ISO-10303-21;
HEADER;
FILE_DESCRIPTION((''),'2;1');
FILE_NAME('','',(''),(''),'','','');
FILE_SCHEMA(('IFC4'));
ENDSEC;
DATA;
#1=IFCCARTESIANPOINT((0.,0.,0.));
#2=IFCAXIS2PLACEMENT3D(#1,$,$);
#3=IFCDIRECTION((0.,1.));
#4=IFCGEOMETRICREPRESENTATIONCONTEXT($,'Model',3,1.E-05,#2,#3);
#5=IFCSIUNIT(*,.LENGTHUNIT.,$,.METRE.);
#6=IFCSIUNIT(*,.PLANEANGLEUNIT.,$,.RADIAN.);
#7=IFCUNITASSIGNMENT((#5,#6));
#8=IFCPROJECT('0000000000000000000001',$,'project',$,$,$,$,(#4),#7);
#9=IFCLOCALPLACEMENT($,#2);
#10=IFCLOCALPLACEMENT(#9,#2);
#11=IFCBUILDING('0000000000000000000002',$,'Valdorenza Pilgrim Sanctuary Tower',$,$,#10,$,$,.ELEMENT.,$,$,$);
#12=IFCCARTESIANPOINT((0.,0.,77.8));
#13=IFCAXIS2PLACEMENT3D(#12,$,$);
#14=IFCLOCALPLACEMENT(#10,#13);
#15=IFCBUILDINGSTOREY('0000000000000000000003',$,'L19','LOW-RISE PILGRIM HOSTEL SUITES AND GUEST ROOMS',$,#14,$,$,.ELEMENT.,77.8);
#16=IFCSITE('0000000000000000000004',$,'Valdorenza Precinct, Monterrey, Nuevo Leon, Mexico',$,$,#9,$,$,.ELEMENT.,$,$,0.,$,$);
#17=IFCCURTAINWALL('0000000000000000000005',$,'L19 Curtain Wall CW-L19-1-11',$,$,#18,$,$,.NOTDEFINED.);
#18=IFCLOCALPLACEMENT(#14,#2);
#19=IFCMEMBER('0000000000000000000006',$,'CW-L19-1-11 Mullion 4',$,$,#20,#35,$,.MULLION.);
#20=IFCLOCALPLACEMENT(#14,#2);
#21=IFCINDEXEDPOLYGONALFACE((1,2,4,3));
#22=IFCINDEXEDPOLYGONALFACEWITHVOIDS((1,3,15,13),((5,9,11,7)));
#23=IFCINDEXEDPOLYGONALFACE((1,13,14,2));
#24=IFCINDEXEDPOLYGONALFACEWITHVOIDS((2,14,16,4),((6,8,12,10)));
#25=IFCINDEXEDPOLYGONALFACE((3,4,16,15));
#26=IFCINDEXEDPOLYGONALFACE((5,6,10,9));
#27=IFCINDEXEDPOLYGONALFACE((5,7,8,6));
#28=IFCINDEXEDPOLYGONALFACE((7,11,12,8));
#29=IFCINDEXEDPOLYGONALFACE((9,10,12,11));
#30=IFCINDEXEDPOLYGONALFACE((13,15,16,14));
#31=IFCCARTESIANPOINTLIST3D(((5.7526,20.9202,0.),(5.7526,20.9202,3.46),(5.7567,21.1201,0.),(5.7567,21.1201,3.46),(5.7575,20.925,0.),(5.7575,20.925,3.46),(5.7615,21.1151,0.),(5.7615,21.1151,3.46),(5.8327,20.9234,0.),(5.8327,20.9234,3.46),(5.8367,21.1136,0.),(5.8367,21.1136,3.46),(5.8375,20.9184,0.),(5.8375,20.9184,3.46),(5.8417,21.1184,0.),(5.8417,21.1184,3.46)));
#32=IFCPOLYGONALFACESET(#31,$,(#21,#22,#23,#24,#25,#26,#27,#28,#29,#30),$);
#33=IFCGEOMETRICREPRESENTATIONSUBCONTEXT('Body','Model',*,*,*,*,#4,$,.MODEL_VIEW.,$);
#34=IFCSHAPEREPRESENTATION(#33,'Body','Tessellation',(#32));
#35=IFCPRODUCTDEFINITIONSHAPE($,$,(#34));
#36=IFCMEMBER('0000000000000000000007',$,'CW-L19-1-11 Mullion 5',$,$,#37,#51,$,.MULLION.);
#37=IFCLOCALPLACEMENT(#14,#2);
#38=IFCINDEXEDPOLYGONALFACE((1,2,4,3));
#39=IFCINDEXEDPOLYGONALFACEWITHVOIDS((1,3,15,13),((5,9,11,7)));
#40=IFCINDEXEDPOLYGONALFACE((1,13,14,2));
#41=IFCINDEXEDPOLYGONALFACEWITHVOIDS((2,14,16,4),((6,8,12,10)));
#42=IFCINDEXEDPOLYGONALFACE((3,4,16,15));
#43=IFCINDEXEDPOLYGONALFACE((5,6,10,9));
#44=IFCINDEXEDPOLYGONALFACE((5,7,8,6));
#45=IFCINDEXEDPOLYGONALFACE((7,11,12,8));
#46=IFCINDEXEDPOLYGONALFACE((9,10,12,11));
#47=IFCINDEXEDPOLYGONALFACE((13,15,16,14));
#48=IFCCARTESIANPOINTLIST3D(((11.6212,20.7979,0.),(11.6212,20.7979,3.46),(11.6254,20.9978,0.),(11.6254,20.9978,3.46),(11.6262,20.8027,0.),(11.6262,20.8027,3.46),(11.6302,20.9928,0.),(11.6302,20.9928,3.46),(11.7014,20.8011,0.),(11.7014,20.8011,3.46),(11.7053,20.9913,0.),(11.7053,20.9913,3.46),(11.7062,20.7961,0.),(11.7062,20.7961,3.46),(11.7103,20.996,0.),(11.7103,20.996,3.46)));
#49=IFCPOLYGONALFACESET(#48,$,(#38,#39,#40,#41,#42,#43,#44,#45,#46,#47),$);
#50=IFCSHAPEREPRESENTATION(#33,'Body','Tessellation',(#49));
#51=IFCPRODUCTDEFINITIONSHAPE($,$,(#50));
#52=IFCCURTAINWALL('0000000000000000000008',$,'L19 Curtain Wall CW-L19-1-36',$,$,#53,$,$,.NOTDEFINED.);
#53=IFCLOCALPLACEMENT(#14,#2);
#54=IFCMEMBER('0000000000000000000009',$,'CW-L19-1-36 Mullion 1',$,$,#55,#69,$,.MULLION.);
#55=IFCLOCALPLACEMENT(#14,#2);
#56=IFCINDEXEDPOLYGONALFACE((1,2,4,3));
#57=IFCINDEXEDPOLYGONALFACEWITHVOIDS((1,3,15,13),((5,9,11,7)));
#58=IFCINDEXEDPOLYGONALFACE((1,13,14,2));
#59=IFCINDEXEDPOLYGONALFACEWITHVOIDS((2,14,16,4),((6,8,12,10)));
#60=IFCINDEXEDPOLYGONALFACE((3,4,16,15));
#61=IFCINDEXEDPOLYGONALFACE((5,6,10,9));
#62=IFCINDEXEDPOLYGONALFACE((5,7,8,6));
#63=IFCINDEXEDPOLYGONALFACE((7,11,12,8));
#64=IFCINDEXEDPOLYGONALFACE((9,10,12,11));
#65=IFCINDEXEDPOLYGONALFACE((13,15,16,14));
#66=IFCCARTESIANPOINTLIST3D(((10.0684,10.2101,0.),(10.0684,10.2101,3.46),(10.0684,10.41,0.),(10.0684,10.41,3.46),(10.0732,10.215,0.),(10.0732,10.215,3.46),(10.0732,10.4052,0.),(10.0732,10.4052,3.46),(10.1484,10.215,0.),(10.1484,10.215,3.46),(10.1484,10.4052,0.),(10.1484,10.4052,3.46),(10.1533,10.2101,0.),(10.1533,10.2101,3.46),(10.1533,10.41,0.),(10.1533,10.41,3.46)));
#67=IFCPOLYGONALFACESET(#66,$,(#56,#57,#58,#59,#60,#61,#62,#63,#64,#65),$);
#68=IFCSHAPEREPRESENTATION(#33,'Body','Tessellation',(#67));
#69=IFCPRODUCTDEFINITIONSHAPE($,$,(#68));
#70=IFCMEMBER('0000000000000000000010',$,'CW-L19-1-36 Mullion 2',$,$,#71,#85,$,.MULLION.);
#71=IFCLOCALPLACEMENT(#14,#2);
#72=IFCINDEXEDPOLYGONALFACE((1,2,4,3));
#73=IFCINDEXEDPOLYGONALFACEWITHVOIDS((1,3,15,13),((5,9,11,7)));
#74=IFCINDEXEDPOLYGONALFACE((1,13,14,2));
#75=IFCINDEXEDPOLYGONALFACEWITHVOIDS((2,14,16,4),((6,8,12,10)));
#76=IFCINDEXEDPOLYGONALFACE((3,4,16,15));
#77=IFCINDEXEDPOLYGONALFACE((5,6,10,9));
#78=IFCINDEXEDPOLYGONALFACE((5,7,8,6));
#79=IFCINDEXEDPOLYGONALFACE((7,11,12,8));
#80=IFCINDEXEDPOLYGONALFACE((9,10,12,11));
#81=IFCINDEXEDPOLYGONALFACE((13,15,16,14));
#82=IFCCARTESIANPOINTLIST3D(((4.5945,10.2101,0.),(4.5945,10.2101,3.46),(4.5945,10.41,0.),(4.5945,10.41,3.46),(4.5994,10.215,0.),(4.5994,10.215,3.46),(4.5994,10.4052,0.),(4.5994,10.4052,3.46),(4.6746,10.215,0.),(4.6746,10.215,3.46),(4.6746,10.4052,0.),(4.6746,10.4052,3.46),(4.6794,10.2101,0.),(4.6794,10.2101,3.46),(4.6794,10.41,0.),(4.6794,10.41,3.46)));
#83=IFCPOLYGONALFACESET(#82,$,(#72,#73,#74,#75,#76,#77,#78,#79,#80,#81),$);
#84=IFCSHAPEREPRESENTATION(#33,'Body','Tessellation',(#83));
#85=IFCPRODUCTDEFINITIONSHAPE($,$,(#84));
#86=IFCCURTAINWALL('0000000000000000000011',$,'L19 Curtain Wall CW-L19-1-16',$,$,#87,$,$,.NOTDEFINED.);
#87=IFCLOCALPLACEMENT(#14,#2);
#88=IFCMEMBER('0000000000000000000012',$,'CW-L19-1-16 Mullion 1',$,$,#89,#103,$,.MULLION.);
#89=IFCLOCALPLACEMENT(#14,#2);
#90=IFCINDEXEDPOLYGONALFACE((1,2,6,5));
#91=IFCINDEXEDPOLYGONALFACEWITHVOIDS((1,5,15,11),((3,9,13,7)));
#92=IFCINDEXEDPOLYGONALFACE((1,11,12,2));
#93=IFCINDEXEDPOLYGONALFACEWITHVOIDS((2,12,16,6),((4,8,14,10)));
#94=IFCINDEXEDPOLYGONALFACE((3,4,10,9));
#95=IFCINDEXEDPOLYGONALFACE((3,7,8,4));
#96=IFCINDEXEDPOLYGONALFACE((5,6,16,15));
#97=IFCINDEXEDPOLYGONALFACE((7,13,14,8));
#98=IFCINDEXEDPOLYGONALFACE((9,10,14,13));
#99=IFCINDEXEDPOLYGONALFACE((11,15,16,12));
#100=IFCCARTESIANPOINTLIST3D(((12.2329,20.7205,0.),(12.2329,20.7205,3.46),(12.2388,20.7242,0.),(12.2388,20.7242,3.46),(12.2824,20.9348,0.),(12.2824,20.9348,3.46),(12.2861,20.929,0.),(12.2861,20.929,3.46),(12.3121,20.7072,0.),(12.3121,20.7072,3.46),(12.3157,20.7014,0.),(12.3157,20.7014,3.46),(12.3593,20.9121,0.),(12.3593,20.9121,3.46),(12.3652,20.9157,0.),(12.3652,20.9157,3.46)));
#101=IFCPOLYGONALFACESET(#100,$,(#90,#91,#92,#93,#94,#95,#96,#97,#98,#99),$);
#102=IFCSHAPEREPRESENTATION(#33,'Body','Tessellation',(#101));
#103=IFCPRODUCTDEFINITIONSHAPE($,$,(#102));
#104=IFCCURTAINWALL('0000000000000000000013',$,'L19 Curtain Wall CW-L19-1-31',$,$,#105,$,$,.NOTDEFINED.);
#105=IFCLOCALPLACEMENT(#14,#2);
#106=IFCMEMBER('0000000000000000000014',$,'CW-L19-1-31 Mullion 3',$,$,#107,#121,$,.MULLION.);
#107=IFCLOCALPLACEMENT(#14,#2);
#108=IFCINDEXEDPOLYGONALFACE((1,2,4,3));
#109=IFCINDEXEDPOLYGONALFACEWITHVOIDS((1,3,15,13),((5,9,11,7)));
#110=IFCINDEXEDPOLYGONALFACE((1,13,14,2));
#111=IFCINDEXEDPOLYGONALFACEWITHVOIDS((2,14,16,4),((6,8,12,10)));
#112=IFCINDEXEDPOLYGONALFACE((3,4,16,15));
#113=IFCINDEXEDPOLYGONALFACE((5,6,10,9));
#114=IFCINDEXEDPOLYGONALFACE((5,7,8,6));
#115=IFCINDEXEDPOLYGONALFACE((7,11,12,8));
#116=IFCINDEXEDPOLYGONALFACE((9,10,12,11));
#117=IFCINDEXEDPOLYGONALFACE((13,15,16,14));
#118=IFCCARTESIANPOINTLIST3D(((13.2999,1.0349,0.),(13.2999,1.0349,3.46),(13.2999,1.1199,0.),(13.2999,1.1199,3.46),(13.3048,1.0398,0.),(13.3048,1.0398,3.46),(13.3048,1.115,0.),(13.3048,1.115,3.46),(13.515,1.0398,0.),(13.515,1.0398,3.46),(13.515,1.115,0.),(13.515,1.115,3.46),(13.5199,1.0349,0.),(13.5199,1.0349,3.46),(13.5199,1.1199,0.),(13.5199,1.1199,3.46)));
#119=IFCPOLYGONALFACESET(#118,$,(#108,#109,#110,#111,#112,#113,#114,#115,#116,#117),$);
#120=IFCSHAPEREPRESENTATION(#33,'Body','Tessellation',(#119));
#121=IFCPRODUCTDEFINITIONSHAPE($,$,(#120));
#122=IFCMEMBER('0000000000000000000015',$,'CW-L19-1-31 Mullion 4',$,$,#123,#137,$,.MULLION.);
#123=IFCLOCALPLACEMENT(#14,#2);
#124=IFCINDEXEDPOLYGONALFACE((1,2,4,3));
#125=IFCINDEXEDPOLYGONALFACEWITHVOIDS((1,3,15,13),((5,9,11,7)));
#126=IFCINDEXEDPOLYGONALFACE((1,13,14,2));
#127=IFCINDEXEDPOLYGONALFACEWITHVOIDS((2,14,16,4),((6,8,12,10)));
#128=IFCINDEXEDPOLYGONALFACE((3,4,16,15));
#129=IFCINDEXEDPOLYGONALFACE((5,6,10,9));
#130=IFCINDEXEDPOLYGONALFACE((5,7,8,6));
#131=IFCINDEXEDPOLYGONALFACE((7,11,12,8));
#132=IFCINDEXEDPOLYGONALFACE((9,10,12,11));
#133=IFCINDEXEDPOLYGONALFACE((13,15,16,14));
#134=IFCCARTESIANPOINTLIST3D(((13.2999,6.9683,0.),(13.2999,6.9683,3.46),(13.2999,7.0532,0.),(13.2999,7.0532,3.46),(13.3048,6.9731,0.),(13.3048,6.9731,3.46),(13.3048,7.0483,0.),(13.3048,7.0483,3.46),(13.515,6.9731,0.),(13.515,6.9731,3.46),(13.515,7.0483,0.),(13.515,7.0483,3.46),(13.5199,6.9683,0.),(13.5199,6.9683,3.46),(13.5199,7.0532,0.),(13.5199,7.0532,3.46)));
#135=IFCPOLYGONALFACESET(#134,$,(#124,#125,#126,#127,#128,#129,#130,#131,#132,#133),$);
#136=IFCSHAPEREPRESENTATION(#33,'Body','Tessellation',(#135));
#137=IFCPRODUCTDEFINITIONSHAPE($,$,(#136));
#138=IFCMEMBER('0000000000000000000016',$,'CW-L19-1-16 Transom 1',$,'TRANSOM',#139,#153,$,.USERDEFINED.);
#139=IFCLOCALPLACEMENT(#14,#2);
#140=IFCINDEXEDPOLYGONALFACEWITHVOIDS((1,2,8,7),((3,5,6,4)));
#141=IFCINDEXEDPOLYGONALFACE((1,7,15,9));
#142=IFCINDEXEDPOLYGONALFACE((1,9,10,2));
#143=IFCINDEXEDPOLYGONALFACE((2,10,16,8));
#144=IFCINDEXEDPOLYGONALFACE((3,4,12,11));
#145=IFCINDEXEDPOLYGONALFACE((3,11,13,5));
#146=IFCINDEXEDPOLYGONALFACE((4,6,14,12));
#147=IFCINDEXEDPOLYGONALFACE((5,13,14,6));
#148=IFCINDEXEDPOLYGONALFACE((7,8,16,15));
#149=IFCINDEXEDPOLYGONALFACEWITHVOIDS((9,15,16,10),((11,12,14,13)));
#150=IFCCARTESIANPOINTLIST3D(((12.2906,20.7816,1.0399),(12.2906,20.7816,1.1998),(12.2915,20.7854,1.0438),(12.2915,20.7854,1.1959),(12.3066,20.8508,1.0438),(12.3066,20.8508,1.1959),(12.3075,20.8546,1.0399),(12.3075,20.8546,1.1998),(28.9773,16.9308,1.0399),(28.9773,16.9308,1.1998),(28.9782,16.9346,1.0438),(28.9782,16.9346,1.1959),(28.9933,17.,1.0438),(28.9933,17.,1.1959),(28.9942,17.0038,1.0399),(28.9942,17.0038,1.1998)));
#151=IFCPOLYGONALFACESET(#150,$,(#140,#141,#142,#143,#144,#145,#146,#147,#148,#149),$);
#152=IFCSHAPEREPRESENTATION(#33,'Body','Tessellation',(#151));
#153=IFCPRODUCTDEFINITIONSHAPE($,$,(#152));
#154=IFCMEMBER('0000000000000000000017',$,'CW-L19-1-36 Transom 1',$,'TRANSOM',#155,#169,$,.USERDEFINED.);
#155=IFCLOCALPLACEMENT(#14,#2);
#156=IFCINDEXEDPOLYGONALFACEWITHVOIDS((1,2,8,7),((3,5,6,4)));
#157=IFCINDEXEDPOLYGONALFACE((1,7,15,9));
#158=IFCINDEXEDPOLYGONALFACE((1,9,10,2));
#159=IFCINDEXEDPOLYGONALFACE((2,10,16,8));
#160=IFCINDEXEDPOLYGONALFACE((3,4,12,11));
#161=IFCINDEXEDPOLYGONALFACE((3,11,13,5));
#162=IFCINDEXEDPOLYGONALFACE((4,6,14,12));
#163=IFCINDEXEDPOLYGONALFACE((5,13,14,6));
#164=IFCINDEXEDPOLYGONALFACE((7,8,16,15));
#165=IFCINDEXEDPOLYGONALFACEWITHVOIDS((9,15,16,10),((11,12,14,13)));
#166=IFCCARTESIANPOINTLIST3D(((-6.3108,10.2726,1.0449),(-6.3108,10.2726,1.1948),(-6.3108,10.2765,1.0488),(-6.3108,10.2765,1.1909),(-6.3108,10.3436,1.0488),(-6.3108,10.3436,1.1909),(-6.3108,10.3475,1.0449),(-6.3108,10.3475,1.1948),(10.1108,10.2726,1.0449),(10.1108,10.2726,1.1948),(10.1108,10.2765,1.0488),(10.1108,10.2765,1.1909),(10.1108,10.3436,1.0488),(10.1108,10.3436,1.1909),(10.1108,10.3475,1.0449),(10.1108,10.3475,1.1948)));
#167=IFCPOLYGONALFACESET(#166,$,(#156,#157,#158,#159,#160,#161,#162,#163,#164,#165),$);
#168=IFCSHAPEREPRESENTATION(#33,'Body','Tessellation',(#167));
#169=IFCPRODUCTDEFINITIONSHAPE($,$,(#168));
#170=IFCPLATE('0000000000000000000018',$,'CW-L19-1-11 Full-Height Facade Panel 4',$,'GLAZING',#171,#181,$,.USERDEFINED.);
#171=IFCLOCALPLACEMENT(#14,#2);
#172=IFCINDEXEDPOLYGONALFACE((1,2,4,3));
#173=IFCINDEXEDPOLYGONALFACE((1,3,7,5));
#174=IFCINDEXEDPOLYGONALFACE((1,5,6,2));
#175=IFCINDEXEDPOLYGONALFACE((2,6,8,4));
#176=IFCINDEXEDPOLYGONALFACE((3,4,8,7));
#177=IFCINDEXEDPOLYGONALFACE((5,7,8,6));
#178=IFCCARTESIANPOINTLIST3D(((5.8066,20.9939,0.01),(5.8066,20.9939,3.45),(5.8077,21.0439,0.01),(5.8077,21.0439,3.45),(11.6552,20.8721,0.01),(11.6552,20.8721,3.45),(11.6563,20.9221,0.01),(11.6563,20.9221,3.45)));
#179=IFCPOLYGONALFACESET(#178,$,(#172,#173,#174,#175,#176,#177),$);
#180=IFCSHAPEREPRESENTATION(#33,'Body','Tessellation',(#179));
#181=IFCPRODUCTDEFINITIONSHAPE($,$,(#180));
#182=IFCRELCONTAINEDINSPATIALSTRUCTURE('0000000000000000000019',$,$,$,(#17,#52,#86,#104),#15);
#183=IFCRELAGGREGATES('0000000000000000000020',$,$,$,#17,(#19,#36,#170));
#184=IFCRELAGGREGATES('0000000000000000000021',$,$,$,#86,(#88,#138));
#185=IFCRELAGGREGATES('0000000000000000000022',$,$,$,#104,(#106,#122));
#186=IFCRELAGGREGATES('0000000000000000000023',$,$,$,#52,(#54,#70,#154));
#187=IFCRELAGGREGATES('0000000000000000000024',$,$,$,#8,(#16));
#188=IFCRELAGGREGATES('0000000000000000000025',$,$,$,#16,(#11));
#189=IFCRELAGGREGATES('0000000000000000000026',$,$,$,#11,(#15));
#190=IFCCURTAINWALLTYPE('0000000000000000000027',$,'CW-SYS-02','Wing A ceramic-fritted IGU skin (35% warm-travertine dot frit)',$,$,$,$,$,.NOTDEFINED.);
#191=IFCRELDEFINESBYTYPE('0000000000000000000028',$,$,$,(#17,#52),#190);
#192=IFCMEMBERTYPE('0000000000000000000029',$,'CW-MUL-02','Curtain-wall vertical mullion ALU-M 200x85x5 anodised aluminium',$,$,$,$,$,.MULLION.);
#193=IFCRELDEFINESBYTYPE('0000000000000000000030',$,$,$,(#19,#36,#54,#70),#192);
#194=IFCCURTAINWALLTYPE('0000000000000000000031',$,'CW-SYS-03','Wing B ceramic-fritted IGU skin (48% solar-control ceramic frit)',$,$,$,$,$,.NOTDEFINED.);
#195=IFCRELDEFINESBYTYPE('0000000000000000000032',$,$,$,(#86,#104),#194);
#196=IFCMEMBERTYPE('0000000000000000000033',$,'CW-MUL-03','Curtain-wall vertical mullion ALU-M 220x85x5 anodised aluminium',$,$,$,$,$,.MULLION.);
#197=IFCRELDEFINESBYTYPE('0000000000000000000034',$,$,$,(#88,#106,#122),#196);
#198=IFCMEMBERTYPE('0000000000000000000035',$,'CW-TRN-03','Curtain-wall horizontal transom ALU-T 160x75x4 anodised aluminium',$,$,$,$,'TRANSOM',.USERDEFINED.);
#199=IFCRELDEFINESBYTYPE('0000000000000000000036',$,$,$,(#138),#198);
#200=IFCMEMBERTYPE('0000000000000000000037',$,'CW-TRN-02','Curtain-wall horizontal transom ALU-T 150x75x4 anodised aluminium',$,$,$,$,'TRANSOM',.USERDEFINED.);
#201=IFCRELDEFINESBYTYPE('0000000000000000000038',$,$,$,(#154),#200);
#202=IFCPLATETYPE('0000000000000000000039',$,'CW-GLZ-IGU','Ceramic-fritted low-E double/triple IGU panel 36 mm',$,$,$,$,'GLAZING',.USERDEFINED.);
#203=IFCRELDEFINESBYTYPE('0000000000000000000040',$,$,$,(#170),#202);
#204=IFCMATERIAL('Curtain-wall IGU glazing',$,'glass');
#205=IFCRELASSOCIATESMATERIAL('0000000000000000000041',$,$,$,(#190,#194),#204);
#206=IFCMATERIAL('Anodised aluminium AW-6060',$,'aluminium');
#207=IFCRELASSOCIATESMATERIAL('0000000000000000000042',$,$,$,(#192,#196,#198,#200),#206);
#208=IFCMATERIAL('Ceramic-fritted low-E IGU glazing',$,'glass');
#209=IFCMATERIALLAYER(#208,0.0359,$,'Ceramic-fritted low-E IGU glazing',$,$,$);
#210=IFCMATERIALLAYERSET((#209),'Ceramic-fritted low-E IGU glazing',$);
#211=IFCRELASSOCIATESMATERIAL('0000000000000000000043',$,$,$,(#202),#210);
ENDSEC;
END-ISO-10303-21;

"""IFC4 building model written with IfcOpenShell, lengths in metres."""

from ifc_helpers import new_model, si_unit, direction, frame, origin, origin_2d, place, context, subcontext, project, spatial, rectangle, hollow_rectangle, extrude, source, transform, mapped, material, layer, layer_set, material_profile, profile_set, type_object, element, aggregate, save


model = new_model("IFC4")

# Units and contexts
model_context = context("Model", 3, precision=1e-05, world=origin(), true_north=direction((0.0, 1.0)))
body_context = subcontext(model_context, "Body", "Model", "MODEL_VIEW")
ifc_project = project(units=[si_unit("LENGTHUNIT", "METRE"), si_unit("PLANEANGLEUNIT", "RADIAN")], contexts=[model_context])

# Site, building, storey
site_placement = place(None, origin())
site = spatial("IfcSite", under=ifc_project, at=site_placement, Name="Valdorenza Precinct, Monterrey, Nuevo Leon, Mexico", CompositionType="ELEMENT", RefElevation=0.0)
building_placement = place(site_placement, origin())
building = spatial("IfcBuilding", under=site, at=building_placement, Name="Valdorenza Pilgrim Sanctuary Tower", CompositionType="ELEMENT")
storey_placement = place(building_placement, frame((0.0, 0.0, 77.8)))
storey = spatial("IfcBuildingStorey", under=building, at=storey_placement, Name="L19", Description="LOW-RISE PILGRIM HOSTEL SUITES AND GUEST ROOMS", CompositionType="ELEMENT", Elevation=77.8)

# Curtain walls, members
ifc_material_1 = material(Name="Curtain-wall IGU glazing", Category="glass")
curtain_wall_type_1 = type_object("IfcCurtainWallType", Name="CW-SYS-02", Description="Wing A ceramic-fritted IGU skin (35% warm-travertine dot frit)", PredefinedType="NOTDEFINED", material=ifc_material_1)
curtain_wall_1_placement = place(storey_placement, origin())
curtain_wall_1 = element("IfcCurtainWall", 1, at=curtain_wall_1_placement, inside=storey, type_object=curtain_wall_type_1, Name="L19 Curtain Wall CW-L19-1-11", PredefinedType="NOTDEFINED")
ifc_material_2 = material(Name="Anodised aluminium AW-6060", Category="aluminium")
ifc_material_profile_1 = material_profile(ifc_material_2, hollow_rectangle(XDim=0.085, YDim=0.2, WallThickness=0.0049, at=origin_2d()), Name="ALU-M 200x85x5")
ifc_profile_set_1 = profile_set([ifc_material_profile_1], Name="Anodised aluminium AW-6060")
member_type_1 = type_object("IfcMemberType", Name="CW-MUL-02", Description="Curtain-wall vertical mullion ALU-M 200x85x5 anodised aluminium", PredefinedType="MULLION", material=ifc_profile_set_1)
shared_shape_1 = source(origin(), body_context, "Body", "SweptSolid", [
    extrude(hollow_rectangle(XDim=0.085, YDim=0.2, WallThickness=0.0049, at=origin_2d()), origin(), (0.0, 0.0, 1.0), 3.46),
])
member_1_placement = place(storey_placement, frame((5.7971, 21.0193, 0.0), z_axis=(0.0, 0.0, 1.0), x_axis=(0.999783, -0.02082, 0.0)))
member_1 = element("IfcMember", 2, at=member_1_placement, type_object=member_type_1, Name="CW-L19-1-11 Mullion 4", PredefinedType="MULLION", context=body_context, shape_type="MappedRepresentation", body=[
    mapped(shared_shape_1, transform((0.0, 0.0, 0.0), x_axis=(1.0, 0.0, 0.0), y_axis=(0.0, 1.0, 0.0), z_axis=(0.0, 0.0, 1.0), scale=1.0)),
])
member_2_placement = place(storey_placement, frame((11.6658, 20.897, 0.0), z_axis=(0.0, 0.0, 1.0), x_axis=(0.999783, -0.02082, 0.0)))
member_2 = element("IfcMember", 3, at=member_2_placement, type_object=member_type_1, Name="CW-L19-1-11 Mullion 5", PredefinedType="MULLION", context=body_context, shape_type="MappedRepresentation", body=[
    mapped(shared_shape_1, transform((0.0, 0.0, 0.0), x_axis=(1.0, 0.0, 0.0), y_axis=(0.0, 1.0, 0.0), z_axis=(0.0, 0.0, 1.0), scale=1.0)),
])
curtain_wall_2_placement = place(storey_placement, origin())
curtain_wall_2 = element("IfcCurtainWall", 4, at=curtain_wall_2_placement, inside=storey, type_object=curtain_wall_type_1, Name="L19 Curtain Wall CW-L19-1-36", PredefinedType="NOTDEFINED")
member_3_placement = place(storey_placement, frame((10.1108, 10.3101, 0.0), z_axis=(0.0, 0.0, 1.0), x_axis=(-1.0, 0.0, 0.0)))
member_3 = element("IfcMember", 5, at=member_3_placement, type_object=member_type_1, Name="CW-L19-1-36 Mullion 1", PredefinedType="MULLION", context=body_context, shape_type="MappedRepresentation", body=[
    mapped(shared_shape_1, transform((0.0, 0.0, 0.0), x_axis=(1.0, 0.0, 0.0), y_axis=(0.0, 1.0, 0.0), z_axis=(0.0, 0.0, 1.0), scale=1.0)),
])
member_4_placement = place(storey_placement, frame((4.637, 10.3101, 0.0), z_axis=(0.0, 0.0, 1.0), x_axis=(-1.0, 0.0, 0.0)))
member_4 = element("IfcMember", 6, at=member_4_placement, type_object=member_type_1, Name="CW-L19-1-36 Mullion 2", PredefinedType="MULLION", context=body_context, shape_type="MappedRepresentation", body=[
    mapped(shared_shape_1, transform((0.0, 0.0, 0.0), x_axis=(1.0, 0.0, 0.0), y_axis=(0.0, 1.0, 0.0), z_axis=(0.0, 0.0, 1.0), scale=1.0)),
])

# Curtain wall, member
curtain_wall_type_2 = type_object("IfcCurtainWallType", Name="CW-SYS-03", Description="Wing B ceramic-fritted IGU skin (48% solar-control ceramic frit)", PredefinedType="NOTDEFINED", material=ifc_material_1)
curtain_wall_3_placement = place(storey_placement, origin())
curtain_wall_3 = element("IfcCurtainWall", 7, at=curtain_wall_3_placement, inside=storey, type_object=curtain_wall_type_2, Name="L19 Curtain Wall CW-L19-1-16", PredefinedType="NOTDEFINED")
ifc_material_profile_2 = material_profile(ifc_material_2, hollow_rectangle(XDim=0.085, YDim=0.22, WallThickness=0.0049, at=origin_2d()), Name="ALU-M 220x85x5")
ifc_profile_set_2 = profile_set([ifc_material_profile_2], Name="Anodised aluminium AW-6060")
member_type_2 = type_object("IfcMemberType", Name="CW-MUL-03", Description="Curtain-wall vertical mullion ALU-M 220x85x5 anodised aluminium", PredefinedType="MULLION", material=ifc_profile_set_2)
shared_shape_2 = source(origin(), body_context, "Body", "SweptSolid", [
    extrude(hollow_rectangle(XDim=0.085, YDim=0.22, WallThickness=0.0049, at=origin_2d()), origin(), (0.0, 0.0, 1.0), 3.46),
])
member_5_placement = place(storey_placement, frame((12.2991, 20.8181, 0.0), z_axis=(0.0, 0.0, 1.0), x_axis=(0.97439, -0.224866, 0.0)))
member_5 = element("IfcMember", 8, at=member_5_placement, type_object=member_type_2, Name="CW-L19-1-16 Mullion 1", PredefinedType="MULLION", context=body_context, shape_type="MappedRepresentation", body=[
    mapped(shared_shape_2, transform((0.0, 0.0, 0.0), x_axis=(1.0, 0.0, 0.0), y_axis=(0.0, 1.0, 0.0), z_axis=(0.0, 0.0, 1.0), scale=1.0)),
])

# Curtain wall, members
curtain_wall_4_placement = place(storey_placement, origin())
curtain_wall_4 = element("IfcCurtainWall", 9, at=curtain_wall_4_placement, inside=storey, type_object=curtain_wall_type_2, Name="L19 Curtain Wall CW-L19-1-31", PredefinedType="NOTDEFINED")
member_6_placement = place(storey_placement, frame((13.4099, 1.0774, 0.0), z_axis=(0.0, 0.0, 1.0), x_axis=(0.0, 1.0, 0.0)))
member_6 = element("IfcMember", 10, at=member_6_placement, type_object=member_type_2, Name="CW-L19-1-31 Mullion 3", PredefinedType="MULLION", context=body_context, shape_type="MappedRepresentation", body=[
    mapped(shared_shape_2, transform((0.0, 0.0, 0.0), x_axis=(1.0, 0.0, 0.0), y_axis=(0.0, 1.0, 0.0), z_axis=(0.0, 0.0, 1.0), scale=1.0)),
])
member_7_placement = place(storey_placement, frame((13.4099, 7.0107, 0.0), z_axis=(0.0, 0.0, 1.0), x_axis=(0.0, 1.0, 0.0)))
member_7 = element("IfcMember", 11, at=member_7_placement, type_object=member_type_2, Name="CW-L19-1-31 Mullion 4", PredefinedType="MULLION", context=body_context, shape_type="MappedRepresentation", body=[
    mapped(shared_shape_2, transform((0.0, 0.0, 0.0), x_axis=(1.0, 0.0, 0.0), y_axis=(0.0, 1.0, 0.0), z_axis=(0.0, 0.0, 1.0), scale=1.0)),
])

# Members
ifc_material_profile_3 = material_profile(ifc_material_2, hollow_rectangle(XDim=0.075, YDim=0.1599, WallThickness=0.0039, at=origin_2d()), Name="ALU-T 160x75x4")
ifc_profile_set_3 = profile_set([ifc_material_profile_3], Name="Anodised aluminium AW-6060")
member_type_3 = type_object("IfcMemberType", Name="CW-TRN-03", Description="Curtain-wall horizontal transom ALU-T 160x75x4 anodised aluminium", ElementType="TRANSOM", PredefinedType="USERDEFINED", material=ifc_profile_set_3)
shared_shape_3 = source(origin(), body_context, "Body", "SweptSolid", [
    extrude(hollow_rectangle(XDim=0.075, YDim=0.1599, WallThickness=0.0039, at=origin_2d()), origin(), (0.0, 0.0, 1.0), 17.1252),
])
member_8_placement = place(storey_placement, frame((12.2991, 20.8181, 1.1199), z_axis=(0.974391, -0.224862, 0.0), x_axis=(0.224862, 0.974391, 0.0)))
member_8 = element("IfcMember", 12, at=member_8_placement, type_object=member_type_3, Name="CW-L19-1-16 Transom 1", ObjectType="TRANSOM", PredefinedType="USERDEFINED", context=body_context, shape_type="MappedRepresentation", body=[
    mapped(shared_shape_3, transform((0.0, 0.0, 0.0), x_axis=(1.0, 0.0, 0.0), y_axis=(0.0, 1.0, 0.0), z_axis=(0.0, 0.0, 1.0), scale=1.0)),
])
ifc_material_profile_4 = material_profile(ifc_material_2, hollow_rectangle(XDim=0.075, YDim=0.1499, WallThickness=0.0039, at=origin_2d()), Name="ALU-T 150x75x4")
ifc_profile_set_4 = profile_set([ifc_material_profile_4], Name="Anodised aluminium AW-6060")
member_type_4 = type_object("IfcMemberType", Name="CW-TRN-02", Description="Curtain-wall horizontal transom ALU-T 150x75x4 anodised aluminium", ElementType="TRANSOM", PredefinedType="USERDEFINED", material=ifc_profile_set_4)
shared_shape_4 = source(origin(), body_context, "Body", "SweptSolid", [
    extrude(hollow_rectangle(XDim=0.075, YDim=0.1499, WallThickness=0.0039, at=origin_2d()), origin(), (0.0, 0.0, 1.0), 16.4216),
])
member_9_placement = place(storey_placement, frame((10.1108, 10.3101, 1.1199), z_axis=(-1.0, 0.0, 0.0), x_axis=(0.0, -1.0, 0.0)))
member_9 = element("IfcMember", 13, at=member_9_placement, type_object=member_type_4, Name="CW-L19-1-36 Transom 1", ObjectType="TRANSOM", PredefinedType="USERDEFINED", context=body_context, shape_type="MappedRepresentation", body=[
    mapped(shared_shape_4, transform((0.0, 0.0, 0.0), x_axis=(1.0, 0.0, 0.0), y_axis=(0.0, 1.0, 0.0), z_axis=(0.0, 0.0, 1.0), scale=1.0)),
])

# Plate
ifc_material_3 = material(Name="Ceramic-fritted low-E IGU glazing", Category="glass")
ifc_layer_1 = layer(ifc_material_3, 0.0359, Name="Ceramic-fritted low-E IGU glazing")
ifc_layer_set_1 = layer_set([ifc_layer_1], Name="Ceramic-fritted low-E IGU glazing")
plate_type_1 = type_object("IfcPlateType", Name="CW-GLZ-IGU", Description="Ceramic-fritted low-E double/triple IGU panel 36 mm", ElementType="GLAZING", PredefinedType="USERDEFINED", material=ifc_layer_set_1)
shared_shape_5 = source(origin(), body_context, "Body", "SweptSolid", [
    extrude(rectangle(XDim=5.8499, YDim=0.05, at=origin_2d()), origin(), (0.0, 0.0, 1.0), 3.4399),
])
plate_1_placement = place(storey_placement, frame((8.7314, 20.958, 0.01), z_axis=(0.0, 0.0, 1.0), x_axis=(0.999783, -0.02082, 0.0)))
plate_1 = element("IfcPlate", 14, at=plate_1_placement, type_object=plate_type_1, Name="CW-L19-1-11 Full-Height Facade Panel 4", ObjectType="GLAZING", PredefinedType="USERDEFINED", context=body_context, shape_type="MappedRepresentation", body=[
    mapped(shared_shape_5, transform((0.0, 0.0, 0.0), x_axis=(1.0, 0.0, 0.0), y_axis=(0.0, 1.0, 0.0), z_axis=(0.0, 0.0, 1.0), scale=1.0)),
])
aggregate(curtain_wall_1, [member_1, member_2, plate_1])
aggregate(curtain_wall_3, [member_5, member_8])
aggregate(curtain_wall_4, [member_6, member_7])
aggregate(curtain_wall_2, [member_3, member_4, member_9])

save(model, "model.ifc")
